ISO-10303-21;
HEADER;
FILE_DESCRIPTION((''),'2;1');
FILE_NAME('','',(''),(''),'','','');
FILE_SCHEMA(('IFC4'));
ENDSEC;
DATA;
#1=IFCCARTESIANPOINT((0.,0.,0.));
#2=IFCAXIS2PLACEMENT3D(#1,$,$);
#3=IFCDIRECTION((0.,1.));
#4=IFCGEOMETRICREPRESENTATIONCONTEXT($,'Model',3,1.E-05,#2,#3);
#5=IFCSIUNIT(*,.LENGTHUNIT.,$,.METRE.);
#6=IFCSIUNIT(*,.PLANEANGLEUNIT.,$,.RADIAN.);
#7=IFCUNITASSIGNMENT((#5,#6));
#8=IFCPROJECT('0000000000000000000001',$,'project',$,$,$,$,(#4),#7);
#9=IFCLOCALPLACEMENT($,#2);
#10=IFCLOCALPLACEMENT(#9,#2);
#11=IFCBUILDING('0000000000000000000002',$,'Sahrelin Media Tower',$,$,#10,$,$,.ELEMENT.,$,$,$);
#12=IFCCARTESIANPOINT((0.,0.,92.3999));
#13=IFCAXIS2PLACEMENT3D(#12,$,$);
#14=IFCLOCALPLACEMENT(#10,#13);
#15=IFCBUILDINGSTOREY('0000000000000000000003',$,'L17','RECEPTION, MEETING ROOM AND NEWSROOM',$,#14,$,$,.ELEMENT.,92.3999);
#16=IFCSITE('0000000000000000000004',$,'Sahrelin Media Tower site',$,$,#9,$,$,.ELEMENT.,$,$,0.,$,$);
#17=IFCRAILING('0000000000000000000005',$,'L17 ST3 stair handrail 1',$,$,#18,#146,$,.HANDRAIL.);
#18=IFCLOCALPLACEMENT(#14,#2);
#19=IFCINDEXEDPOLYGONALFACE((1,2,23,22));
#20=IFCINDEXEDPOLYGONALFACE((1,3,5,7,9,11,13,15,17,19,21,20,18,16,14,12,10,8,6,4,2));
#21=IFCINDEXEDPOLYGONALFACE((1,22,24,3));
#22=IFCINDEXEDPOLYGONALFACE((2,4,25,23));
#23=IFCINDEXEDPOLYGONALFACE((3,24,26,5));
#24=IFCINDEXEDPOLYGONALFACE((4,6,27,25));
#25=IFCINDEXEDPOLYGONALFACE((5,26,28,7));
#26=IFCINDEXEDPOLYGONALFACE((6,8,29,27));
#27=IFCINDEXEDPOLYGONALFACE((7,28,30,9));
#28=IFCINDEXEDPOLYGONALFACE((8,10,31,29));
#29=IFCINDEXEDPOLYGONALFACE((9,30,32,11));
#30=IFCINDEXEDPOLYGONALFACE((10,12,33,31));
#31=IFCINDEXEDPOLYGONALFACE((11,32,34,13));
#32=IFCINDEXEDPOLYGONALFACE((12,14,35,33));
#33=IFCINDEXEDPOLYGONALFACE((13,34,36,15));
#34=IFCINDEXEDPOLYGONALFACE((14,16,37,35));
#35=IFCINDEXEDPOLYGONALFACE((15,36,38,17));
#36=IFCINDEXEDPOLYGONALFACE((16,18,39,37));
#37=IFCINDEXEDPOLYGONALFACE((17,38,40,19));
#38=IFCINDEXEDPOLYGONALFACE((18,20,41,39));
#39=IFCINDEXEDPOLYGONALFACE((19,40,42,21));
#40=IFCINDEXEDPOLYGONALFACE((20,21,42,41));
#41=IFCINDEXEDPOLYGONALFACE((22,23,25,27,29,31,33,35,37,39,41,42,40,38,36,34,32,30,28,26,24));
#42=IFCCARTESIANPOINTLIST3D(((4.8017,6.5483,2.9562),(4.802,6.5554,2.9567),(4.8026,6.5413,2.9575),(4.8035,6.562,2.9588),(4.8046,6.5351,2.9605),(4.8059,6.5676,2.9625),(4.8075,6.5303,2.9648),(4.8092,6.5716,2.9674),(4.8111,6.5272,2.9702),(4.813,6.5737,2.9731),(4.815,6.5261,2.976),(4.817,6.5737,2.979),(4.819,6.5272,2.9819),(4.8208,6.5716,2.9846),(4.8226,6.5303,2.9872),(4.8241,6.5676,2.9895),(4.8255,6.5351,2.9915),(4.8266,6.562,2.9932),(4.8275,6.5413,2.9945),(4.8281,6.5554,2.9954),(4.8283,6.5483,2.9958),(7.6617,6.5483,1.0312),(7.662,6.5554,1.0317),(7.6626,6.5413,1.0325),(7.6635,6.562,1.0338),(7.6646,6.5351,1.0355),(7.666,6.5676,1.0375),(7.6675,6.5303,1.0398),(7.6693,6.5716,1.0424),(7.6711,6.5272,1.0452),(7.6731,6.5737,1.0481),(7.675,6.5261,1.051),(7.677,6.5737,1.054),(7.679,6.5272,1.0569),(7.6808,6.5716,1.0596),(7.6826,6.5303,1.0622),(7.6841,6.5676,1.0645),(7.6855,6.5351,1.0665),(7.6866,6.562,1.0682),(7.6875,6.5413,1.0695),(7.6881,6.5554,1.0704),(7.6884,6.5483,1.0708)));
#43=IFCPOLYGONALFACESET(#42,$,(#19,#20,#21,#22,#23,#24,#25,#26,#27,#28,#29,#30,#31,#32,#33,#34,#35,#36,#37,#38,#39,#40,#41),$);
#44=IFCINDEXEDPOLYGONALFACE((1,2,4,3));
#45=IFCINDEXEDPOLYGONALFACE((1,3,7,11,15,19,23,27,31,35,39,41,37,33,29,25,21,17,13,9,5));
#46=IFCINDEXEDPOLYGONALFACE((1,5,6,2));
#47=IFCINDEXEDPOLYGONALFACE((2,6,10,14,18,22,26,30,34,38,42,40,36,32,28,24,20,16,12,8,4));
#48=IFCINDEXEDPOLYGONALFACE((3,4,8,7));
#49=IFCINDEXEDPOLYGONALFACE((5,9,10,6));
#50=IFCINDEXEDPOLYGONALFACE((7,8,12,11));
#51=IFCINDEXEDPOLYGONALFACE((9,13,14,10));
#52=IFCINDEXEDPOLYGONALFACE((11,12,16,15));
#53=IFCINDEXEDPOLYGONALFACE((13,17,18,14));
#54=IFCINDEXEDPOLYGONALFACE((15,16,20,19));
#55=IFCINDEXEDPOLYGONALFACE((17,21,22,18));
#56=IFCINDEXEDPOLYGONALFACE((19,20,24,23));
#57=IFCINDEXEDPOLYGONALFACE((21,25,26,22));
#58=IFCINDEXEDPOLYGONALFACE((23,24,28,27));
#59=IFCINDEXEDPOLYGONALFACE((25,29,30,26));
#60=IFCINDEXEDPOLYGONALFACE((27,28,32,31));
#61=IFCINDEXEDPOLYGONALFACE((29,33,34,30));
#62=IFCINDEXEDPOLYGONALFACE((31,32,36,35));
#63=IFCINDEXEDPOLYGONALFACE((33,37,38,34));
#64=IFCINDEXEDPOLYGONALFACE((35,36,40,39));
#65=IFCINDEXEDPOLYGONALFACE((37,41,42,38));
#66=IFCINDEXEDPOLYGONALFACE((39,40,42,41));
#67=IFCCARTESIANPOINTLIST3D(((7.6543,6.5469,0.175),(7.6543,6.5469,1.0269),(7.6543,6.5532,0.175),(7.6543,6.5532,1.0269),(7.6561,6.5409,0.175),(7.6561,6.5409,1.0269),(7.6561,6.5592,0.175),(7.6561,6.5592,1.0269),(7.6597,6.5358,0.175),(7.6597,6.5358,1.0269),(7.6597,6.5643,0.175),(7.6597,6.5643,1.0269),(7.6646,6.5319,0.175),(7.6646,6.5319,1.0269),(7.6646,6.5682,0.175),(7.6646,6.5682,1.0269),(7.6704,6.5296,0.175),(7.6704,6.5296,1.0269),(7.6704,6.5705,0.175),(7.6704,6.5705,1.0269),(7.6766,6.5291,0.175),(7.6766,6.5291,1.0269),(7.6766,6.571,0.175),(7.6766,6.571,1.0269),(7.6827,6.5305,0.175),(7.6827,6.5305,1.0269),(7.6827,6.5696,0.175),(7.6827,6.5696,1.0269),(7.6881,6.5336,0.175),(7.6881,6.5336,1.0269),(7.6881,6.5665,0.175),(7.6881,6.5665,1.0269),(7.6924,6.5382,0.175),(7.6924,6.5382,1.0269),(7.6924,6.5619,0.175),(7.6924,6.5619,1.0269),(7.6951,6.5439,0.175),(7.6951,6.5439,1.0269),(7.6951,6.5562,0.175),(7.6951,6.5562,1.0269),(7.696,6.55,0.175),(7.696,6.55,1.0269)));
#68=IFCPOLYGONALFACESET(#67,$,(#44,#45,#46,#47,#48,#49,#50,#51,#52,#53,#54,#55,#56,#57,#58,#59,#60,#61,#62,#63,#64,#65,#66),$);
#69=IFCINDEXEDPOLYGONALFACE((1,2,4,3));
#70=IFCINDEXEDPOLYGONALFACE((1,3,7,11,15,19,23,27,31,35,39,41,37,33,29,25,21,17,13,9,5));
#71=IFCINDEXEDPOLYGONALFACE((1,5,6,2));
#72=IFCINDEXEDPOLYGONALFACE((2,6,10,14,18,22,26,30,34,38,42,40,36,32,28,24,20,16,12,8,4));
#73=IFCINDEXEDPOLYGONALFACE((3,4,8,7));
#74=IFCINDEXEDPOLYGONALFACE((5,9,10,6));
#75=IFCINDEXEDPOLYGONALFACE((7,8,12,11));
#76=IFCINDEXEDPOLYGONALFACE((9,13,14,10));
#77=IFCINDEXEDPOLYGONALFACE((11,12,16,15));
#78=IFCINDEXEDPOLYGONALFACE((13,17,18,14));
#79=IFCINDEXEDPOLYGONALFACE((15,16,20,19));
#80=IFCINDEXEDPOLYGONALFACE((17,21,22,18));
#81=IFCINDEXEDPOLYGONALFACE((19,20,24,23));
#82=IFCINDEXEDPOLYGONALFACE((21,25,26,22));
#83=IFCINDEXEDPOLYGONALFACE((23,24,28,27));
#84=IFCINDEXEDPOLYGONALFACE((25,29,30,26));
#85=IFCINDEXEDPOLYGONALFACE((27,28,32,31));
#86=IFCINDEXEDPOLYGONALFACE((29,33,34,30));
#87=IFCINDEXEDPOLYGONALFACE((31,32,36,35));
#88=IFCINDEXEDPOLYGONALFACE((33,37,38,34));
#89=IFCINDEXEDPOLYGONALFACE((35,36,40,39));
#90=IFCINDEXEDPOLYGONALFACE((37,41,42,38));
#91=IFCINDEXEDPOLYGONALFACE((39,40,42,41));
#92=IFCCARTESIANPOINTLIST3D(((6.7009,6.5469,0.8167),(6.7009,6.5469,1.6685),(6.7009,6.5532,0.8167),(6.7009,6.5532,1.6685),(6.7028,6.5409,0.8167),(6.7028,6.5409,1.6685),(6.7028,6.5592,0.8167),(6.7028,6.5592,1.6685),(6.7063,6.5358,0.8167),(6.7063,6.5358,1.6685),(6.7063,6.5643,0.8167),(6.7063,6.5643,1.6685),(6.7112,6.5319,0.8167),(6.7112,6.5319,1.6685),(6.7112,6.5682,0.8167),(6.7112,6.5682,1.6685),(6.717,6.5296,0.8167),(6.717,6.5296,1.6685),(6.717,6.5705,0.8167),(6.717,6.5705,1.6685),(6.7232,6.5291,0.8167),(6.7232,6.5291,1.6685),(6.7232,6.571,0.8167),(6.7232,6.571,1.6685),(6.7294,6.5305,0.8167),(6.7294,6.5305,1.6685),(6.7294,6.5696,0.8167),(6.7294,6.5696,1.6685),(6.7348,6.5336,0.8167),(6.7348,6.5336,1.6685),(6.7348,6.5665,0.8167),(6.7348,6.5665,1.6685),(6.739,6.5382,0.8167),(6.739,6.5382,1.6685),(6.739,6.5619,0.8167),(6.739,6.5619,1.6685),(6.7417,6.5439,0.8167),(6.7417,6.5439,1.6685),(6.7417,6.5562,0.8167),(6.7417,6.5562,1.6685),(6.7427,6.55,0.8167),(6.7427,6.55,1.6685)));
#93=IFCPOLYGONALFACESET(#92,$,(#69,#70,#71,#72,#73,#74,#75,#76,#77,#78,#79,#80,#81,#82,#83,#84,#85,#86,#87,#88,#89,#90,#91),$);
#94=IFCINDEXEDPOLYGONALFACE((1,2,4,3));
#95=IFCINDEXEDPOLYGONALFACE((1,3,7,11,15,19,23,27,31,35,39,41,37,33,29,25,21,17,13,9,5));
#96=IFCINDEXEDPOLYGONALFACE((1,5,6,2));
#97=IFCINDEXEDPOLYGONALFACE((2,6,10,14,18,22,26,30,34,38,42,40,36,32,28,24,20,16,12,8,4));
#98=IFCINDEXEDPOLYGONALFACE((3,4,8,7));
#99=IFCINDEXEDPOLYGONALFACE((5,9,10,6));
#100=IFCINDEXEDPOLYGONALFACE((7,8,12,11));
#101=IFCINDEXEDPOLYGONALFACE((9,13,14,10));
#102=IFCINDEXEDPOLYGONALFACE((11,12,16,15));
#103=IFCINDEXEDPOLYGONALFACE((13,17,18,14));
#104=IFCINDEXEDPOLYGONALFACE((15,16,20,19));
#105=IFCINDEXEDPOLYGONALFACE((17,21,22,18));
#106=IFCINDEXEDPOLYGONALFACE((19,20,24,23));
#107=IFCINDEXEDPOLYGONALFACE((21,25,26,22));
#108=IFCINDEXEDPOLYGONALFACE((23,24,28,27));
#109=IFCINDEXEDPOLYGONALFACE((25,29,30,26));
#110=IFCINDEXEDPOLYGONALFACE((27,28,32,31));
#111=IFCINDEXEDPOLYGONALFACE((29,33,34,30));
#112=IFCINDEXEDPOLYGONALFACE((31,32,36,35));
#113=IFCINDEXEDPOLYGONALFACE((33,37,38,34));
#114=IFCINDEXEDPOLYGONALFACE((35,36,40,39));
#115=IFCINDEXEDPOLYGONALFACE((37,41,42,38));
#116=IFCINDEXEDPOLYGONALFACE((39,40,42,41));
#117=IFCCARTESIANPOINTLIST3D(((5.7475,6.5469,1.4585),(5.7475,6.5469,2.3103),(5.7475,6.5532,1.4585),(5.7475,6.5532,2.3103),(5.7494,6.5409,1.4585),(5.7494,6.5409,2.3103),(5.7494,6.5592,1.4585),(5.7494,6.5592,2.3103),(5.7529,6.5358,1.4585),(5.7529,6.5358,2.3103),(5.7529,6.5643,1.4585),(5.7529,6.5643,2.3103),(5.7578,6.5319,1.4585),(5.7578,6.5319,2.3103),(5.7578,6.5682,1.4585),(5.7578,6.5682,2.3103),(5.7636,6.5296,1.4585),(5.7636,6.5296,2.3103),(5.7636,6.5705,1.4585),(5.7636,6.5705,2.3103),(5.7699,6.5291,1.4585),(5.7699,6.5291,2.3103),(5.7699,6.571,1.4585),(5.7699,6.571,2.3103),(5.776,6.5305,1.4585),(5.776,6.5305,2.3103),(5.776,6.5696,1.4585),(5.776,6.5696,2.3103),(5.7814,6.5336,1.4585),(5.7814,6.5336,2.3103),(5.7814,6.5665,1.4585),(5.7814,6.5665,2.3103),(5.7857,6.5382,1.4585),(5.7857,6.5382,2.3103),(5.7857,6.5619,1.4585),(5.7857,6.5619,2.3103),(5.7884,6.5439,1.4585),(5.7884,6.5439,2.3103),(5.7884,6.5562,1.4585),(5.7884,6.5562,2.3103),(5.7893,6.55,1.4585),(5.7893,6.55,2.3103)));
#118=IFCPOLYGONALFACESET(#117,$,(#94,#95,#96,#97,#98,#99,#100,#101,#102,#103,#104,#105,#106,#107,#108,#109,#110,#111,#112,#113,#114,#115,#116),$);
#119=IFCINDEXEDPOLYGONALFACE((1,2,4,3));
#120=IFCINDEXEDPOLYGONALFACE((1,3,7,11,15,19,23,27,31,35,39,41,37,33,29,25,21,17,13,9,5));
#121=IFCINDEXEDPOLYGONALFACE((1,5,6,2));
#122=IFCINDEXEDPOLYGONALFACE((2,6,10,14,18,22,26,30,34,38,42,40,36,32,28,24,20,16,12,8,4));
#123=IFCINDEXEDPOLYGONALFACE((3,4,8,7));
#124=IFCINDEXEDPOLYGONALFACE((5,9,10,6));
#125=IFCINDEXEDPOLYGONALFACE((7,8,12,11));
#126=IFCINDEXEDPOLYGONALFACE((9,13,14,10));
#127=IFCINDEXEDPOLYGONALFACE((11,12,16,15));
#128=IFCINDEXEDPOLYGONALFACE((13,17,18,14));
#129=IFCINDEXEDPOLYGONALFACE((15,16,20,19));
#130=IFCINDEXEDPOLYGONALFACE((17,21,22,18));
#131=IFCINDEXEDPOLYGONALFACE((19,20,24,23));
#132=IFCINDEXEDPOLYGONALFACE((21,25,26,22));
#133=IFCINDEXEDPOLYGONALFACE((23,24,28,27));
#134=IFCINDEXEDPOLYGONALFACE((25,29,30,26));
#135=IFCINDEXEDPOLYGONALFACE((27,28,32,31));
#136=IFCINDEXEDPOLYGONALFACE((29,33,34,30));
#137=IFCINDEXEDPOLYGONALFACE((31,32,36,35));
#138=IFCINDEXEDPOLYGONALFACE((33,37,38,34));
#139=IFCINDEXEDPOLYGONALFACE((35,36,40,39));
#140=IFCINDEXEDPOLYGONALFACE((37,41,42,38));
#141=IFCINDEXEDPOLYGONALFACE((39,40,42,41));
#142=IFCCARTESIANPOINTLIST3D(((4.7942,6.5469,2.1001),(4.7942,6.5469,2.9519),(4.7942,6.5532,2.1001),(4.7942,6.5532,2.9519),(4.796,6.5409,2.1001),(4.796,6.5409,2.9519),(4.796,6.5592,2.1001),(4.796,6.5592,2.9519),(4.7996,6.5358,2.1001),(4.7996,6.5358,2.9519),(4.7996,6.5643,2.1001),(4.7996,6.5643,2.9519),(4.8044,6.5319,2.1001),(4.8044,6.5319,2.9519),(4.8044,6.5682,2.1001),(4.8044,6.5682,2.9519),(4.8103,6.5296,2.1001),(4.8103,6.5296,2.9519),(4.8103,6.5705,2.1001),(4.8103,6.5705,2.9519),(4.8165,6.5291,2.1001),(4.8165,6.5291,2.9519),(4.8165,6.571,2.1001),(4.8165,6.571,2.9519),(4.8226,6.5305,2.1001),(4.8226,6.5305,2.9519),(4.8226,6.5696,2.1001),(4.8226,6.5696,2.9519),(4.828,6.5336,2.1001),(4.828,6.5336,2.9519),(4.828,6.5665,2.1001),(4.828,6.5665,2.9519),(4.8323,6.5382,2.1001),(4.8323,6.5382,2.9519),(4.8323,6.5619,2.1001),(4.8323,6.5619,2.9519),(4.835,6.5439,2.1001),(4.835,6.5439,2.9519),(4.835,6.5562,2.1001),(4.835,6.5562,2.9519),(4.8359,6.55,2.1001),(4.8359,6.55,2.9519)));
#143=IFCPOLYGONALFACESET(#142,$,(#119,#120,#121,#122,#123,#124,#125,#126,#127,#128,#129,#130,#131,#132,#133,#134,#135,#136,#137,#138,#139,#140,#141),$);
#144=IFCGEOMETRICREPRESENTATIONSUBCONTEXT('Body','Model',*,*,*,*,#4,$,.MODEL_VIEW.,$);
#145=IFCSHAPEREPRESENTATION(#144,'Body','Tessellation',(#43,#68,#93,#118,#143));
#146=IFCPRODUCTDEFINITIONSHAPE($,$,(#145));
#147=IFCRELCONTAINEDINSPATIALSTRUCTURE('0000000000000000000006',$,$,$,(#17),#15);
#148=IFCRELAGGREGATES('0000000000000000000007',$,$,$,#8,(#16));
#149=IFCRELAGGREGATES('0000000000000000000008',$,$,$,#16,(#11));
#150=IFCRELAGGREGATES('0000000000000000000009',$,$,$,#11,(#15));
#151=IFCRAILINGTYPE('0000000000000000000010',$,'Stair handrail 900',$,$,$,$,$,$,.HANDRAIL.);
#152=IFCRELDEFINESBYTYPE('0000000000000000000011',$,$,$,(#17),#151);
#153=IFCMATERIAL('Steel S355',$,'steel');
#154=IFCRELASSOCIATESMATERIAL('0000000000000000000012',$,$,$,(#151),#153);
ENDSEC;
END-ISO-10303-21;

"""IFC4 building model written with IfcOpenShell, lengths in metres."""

from ifc_helpers import new_model, si_unit, direction, frame, origin, origin_2d, place, context, subcontext, project, spatial, circle, extrude, material, type_object, element, save


model = new_model("IFC4")

# Units and contexts
model_context = context("Model", 3, precision=1e-05, world=origin(), true_north=direction((0.0, 1.0)))
body_context = subcontext(model_context, "Body", "Model", "MODEL_VIEW")
ifc_project = project(units=[si_unit("LENGTHUNIT", "METRE"), si_unit("PLANEANGLEUNIT", "RADIAN")], contexts=[model_context])

# Site, building, storey
site_placement = place(None, origin())
site = spatial("IfcSite", under=ifc_project, at=site_placement, Name="Sahrelin Media Tower site", CompositionType="ELEMENT", RefElevation=0.0)
building_placement = place(site_placement, origin())
building = spatial("IfcBuilding", under=site, at=building_placement, Name="Sahrelin Media Tower", CompositionType="ELEMENT")
storey_placement = place(building_placement, frame((0.0, 0.0, 92.3999)))
storey = spatial("IfcBuildingStorey", under=building, at=storey_placement, Name="L17", Description="RECEPTION, MEETING ROOM AND NEWSROOM", CompositionType="ELEMENT", Elevation=92.3999)

# Shared definitions
ifc_material_1 = material(Name="Steel S355", Category="steel")

# Railing
railing_type_1 = type_object("IfcRailingType", Name="Stair handrail 900", PredefinedType="HANDRAIL", material=ifc_material_1)
railing_1_placement = place(storey_placement, frame((7.675, 6.55, 0.175)))
element("IfcRailing", 1, at=railing_1_placement, inside=storey, type_object=railing_type_1, Name="L17 ST3 stair handrail 1", PredefinedType="HANDRAIL", context=body_context, shape_type="SweptSolid", body=[
    extrude(circle(Radius=0.0239, at=origin_2d()), frame((0.0, 0.0, 0.876), z_axis=(-0.829591, 0.0, 0.558372), x_axis=(0.0, -1.0, 0.0)), (0.0, 0.0, 1.0), 3.4475),
    extrude(circle(Radius=0.021, at=origin_2d()), origin(), (0.0, 0.0, 1.0), 0.8518),
    extrude(circle(Radius=0.021, at=origin_2d()), frame((-0.9534, 0.0, 0.6416)), (0.0, 0.0, 1.0), 0.8518),
    extrude(circle(Radius=0.021, at=origin_2d()), frame((-1.9067, 0.0, 1.2834)), (0.0, 0.0, 1.0), 0.8518),
    extrude(circle(Radius=0.021, at=origin_2d()), frame((-2.8601, 0.0, 1.925)), (0.0, 0.0, 1.0), 0.8518),
])

save(model, "model.ifc")
